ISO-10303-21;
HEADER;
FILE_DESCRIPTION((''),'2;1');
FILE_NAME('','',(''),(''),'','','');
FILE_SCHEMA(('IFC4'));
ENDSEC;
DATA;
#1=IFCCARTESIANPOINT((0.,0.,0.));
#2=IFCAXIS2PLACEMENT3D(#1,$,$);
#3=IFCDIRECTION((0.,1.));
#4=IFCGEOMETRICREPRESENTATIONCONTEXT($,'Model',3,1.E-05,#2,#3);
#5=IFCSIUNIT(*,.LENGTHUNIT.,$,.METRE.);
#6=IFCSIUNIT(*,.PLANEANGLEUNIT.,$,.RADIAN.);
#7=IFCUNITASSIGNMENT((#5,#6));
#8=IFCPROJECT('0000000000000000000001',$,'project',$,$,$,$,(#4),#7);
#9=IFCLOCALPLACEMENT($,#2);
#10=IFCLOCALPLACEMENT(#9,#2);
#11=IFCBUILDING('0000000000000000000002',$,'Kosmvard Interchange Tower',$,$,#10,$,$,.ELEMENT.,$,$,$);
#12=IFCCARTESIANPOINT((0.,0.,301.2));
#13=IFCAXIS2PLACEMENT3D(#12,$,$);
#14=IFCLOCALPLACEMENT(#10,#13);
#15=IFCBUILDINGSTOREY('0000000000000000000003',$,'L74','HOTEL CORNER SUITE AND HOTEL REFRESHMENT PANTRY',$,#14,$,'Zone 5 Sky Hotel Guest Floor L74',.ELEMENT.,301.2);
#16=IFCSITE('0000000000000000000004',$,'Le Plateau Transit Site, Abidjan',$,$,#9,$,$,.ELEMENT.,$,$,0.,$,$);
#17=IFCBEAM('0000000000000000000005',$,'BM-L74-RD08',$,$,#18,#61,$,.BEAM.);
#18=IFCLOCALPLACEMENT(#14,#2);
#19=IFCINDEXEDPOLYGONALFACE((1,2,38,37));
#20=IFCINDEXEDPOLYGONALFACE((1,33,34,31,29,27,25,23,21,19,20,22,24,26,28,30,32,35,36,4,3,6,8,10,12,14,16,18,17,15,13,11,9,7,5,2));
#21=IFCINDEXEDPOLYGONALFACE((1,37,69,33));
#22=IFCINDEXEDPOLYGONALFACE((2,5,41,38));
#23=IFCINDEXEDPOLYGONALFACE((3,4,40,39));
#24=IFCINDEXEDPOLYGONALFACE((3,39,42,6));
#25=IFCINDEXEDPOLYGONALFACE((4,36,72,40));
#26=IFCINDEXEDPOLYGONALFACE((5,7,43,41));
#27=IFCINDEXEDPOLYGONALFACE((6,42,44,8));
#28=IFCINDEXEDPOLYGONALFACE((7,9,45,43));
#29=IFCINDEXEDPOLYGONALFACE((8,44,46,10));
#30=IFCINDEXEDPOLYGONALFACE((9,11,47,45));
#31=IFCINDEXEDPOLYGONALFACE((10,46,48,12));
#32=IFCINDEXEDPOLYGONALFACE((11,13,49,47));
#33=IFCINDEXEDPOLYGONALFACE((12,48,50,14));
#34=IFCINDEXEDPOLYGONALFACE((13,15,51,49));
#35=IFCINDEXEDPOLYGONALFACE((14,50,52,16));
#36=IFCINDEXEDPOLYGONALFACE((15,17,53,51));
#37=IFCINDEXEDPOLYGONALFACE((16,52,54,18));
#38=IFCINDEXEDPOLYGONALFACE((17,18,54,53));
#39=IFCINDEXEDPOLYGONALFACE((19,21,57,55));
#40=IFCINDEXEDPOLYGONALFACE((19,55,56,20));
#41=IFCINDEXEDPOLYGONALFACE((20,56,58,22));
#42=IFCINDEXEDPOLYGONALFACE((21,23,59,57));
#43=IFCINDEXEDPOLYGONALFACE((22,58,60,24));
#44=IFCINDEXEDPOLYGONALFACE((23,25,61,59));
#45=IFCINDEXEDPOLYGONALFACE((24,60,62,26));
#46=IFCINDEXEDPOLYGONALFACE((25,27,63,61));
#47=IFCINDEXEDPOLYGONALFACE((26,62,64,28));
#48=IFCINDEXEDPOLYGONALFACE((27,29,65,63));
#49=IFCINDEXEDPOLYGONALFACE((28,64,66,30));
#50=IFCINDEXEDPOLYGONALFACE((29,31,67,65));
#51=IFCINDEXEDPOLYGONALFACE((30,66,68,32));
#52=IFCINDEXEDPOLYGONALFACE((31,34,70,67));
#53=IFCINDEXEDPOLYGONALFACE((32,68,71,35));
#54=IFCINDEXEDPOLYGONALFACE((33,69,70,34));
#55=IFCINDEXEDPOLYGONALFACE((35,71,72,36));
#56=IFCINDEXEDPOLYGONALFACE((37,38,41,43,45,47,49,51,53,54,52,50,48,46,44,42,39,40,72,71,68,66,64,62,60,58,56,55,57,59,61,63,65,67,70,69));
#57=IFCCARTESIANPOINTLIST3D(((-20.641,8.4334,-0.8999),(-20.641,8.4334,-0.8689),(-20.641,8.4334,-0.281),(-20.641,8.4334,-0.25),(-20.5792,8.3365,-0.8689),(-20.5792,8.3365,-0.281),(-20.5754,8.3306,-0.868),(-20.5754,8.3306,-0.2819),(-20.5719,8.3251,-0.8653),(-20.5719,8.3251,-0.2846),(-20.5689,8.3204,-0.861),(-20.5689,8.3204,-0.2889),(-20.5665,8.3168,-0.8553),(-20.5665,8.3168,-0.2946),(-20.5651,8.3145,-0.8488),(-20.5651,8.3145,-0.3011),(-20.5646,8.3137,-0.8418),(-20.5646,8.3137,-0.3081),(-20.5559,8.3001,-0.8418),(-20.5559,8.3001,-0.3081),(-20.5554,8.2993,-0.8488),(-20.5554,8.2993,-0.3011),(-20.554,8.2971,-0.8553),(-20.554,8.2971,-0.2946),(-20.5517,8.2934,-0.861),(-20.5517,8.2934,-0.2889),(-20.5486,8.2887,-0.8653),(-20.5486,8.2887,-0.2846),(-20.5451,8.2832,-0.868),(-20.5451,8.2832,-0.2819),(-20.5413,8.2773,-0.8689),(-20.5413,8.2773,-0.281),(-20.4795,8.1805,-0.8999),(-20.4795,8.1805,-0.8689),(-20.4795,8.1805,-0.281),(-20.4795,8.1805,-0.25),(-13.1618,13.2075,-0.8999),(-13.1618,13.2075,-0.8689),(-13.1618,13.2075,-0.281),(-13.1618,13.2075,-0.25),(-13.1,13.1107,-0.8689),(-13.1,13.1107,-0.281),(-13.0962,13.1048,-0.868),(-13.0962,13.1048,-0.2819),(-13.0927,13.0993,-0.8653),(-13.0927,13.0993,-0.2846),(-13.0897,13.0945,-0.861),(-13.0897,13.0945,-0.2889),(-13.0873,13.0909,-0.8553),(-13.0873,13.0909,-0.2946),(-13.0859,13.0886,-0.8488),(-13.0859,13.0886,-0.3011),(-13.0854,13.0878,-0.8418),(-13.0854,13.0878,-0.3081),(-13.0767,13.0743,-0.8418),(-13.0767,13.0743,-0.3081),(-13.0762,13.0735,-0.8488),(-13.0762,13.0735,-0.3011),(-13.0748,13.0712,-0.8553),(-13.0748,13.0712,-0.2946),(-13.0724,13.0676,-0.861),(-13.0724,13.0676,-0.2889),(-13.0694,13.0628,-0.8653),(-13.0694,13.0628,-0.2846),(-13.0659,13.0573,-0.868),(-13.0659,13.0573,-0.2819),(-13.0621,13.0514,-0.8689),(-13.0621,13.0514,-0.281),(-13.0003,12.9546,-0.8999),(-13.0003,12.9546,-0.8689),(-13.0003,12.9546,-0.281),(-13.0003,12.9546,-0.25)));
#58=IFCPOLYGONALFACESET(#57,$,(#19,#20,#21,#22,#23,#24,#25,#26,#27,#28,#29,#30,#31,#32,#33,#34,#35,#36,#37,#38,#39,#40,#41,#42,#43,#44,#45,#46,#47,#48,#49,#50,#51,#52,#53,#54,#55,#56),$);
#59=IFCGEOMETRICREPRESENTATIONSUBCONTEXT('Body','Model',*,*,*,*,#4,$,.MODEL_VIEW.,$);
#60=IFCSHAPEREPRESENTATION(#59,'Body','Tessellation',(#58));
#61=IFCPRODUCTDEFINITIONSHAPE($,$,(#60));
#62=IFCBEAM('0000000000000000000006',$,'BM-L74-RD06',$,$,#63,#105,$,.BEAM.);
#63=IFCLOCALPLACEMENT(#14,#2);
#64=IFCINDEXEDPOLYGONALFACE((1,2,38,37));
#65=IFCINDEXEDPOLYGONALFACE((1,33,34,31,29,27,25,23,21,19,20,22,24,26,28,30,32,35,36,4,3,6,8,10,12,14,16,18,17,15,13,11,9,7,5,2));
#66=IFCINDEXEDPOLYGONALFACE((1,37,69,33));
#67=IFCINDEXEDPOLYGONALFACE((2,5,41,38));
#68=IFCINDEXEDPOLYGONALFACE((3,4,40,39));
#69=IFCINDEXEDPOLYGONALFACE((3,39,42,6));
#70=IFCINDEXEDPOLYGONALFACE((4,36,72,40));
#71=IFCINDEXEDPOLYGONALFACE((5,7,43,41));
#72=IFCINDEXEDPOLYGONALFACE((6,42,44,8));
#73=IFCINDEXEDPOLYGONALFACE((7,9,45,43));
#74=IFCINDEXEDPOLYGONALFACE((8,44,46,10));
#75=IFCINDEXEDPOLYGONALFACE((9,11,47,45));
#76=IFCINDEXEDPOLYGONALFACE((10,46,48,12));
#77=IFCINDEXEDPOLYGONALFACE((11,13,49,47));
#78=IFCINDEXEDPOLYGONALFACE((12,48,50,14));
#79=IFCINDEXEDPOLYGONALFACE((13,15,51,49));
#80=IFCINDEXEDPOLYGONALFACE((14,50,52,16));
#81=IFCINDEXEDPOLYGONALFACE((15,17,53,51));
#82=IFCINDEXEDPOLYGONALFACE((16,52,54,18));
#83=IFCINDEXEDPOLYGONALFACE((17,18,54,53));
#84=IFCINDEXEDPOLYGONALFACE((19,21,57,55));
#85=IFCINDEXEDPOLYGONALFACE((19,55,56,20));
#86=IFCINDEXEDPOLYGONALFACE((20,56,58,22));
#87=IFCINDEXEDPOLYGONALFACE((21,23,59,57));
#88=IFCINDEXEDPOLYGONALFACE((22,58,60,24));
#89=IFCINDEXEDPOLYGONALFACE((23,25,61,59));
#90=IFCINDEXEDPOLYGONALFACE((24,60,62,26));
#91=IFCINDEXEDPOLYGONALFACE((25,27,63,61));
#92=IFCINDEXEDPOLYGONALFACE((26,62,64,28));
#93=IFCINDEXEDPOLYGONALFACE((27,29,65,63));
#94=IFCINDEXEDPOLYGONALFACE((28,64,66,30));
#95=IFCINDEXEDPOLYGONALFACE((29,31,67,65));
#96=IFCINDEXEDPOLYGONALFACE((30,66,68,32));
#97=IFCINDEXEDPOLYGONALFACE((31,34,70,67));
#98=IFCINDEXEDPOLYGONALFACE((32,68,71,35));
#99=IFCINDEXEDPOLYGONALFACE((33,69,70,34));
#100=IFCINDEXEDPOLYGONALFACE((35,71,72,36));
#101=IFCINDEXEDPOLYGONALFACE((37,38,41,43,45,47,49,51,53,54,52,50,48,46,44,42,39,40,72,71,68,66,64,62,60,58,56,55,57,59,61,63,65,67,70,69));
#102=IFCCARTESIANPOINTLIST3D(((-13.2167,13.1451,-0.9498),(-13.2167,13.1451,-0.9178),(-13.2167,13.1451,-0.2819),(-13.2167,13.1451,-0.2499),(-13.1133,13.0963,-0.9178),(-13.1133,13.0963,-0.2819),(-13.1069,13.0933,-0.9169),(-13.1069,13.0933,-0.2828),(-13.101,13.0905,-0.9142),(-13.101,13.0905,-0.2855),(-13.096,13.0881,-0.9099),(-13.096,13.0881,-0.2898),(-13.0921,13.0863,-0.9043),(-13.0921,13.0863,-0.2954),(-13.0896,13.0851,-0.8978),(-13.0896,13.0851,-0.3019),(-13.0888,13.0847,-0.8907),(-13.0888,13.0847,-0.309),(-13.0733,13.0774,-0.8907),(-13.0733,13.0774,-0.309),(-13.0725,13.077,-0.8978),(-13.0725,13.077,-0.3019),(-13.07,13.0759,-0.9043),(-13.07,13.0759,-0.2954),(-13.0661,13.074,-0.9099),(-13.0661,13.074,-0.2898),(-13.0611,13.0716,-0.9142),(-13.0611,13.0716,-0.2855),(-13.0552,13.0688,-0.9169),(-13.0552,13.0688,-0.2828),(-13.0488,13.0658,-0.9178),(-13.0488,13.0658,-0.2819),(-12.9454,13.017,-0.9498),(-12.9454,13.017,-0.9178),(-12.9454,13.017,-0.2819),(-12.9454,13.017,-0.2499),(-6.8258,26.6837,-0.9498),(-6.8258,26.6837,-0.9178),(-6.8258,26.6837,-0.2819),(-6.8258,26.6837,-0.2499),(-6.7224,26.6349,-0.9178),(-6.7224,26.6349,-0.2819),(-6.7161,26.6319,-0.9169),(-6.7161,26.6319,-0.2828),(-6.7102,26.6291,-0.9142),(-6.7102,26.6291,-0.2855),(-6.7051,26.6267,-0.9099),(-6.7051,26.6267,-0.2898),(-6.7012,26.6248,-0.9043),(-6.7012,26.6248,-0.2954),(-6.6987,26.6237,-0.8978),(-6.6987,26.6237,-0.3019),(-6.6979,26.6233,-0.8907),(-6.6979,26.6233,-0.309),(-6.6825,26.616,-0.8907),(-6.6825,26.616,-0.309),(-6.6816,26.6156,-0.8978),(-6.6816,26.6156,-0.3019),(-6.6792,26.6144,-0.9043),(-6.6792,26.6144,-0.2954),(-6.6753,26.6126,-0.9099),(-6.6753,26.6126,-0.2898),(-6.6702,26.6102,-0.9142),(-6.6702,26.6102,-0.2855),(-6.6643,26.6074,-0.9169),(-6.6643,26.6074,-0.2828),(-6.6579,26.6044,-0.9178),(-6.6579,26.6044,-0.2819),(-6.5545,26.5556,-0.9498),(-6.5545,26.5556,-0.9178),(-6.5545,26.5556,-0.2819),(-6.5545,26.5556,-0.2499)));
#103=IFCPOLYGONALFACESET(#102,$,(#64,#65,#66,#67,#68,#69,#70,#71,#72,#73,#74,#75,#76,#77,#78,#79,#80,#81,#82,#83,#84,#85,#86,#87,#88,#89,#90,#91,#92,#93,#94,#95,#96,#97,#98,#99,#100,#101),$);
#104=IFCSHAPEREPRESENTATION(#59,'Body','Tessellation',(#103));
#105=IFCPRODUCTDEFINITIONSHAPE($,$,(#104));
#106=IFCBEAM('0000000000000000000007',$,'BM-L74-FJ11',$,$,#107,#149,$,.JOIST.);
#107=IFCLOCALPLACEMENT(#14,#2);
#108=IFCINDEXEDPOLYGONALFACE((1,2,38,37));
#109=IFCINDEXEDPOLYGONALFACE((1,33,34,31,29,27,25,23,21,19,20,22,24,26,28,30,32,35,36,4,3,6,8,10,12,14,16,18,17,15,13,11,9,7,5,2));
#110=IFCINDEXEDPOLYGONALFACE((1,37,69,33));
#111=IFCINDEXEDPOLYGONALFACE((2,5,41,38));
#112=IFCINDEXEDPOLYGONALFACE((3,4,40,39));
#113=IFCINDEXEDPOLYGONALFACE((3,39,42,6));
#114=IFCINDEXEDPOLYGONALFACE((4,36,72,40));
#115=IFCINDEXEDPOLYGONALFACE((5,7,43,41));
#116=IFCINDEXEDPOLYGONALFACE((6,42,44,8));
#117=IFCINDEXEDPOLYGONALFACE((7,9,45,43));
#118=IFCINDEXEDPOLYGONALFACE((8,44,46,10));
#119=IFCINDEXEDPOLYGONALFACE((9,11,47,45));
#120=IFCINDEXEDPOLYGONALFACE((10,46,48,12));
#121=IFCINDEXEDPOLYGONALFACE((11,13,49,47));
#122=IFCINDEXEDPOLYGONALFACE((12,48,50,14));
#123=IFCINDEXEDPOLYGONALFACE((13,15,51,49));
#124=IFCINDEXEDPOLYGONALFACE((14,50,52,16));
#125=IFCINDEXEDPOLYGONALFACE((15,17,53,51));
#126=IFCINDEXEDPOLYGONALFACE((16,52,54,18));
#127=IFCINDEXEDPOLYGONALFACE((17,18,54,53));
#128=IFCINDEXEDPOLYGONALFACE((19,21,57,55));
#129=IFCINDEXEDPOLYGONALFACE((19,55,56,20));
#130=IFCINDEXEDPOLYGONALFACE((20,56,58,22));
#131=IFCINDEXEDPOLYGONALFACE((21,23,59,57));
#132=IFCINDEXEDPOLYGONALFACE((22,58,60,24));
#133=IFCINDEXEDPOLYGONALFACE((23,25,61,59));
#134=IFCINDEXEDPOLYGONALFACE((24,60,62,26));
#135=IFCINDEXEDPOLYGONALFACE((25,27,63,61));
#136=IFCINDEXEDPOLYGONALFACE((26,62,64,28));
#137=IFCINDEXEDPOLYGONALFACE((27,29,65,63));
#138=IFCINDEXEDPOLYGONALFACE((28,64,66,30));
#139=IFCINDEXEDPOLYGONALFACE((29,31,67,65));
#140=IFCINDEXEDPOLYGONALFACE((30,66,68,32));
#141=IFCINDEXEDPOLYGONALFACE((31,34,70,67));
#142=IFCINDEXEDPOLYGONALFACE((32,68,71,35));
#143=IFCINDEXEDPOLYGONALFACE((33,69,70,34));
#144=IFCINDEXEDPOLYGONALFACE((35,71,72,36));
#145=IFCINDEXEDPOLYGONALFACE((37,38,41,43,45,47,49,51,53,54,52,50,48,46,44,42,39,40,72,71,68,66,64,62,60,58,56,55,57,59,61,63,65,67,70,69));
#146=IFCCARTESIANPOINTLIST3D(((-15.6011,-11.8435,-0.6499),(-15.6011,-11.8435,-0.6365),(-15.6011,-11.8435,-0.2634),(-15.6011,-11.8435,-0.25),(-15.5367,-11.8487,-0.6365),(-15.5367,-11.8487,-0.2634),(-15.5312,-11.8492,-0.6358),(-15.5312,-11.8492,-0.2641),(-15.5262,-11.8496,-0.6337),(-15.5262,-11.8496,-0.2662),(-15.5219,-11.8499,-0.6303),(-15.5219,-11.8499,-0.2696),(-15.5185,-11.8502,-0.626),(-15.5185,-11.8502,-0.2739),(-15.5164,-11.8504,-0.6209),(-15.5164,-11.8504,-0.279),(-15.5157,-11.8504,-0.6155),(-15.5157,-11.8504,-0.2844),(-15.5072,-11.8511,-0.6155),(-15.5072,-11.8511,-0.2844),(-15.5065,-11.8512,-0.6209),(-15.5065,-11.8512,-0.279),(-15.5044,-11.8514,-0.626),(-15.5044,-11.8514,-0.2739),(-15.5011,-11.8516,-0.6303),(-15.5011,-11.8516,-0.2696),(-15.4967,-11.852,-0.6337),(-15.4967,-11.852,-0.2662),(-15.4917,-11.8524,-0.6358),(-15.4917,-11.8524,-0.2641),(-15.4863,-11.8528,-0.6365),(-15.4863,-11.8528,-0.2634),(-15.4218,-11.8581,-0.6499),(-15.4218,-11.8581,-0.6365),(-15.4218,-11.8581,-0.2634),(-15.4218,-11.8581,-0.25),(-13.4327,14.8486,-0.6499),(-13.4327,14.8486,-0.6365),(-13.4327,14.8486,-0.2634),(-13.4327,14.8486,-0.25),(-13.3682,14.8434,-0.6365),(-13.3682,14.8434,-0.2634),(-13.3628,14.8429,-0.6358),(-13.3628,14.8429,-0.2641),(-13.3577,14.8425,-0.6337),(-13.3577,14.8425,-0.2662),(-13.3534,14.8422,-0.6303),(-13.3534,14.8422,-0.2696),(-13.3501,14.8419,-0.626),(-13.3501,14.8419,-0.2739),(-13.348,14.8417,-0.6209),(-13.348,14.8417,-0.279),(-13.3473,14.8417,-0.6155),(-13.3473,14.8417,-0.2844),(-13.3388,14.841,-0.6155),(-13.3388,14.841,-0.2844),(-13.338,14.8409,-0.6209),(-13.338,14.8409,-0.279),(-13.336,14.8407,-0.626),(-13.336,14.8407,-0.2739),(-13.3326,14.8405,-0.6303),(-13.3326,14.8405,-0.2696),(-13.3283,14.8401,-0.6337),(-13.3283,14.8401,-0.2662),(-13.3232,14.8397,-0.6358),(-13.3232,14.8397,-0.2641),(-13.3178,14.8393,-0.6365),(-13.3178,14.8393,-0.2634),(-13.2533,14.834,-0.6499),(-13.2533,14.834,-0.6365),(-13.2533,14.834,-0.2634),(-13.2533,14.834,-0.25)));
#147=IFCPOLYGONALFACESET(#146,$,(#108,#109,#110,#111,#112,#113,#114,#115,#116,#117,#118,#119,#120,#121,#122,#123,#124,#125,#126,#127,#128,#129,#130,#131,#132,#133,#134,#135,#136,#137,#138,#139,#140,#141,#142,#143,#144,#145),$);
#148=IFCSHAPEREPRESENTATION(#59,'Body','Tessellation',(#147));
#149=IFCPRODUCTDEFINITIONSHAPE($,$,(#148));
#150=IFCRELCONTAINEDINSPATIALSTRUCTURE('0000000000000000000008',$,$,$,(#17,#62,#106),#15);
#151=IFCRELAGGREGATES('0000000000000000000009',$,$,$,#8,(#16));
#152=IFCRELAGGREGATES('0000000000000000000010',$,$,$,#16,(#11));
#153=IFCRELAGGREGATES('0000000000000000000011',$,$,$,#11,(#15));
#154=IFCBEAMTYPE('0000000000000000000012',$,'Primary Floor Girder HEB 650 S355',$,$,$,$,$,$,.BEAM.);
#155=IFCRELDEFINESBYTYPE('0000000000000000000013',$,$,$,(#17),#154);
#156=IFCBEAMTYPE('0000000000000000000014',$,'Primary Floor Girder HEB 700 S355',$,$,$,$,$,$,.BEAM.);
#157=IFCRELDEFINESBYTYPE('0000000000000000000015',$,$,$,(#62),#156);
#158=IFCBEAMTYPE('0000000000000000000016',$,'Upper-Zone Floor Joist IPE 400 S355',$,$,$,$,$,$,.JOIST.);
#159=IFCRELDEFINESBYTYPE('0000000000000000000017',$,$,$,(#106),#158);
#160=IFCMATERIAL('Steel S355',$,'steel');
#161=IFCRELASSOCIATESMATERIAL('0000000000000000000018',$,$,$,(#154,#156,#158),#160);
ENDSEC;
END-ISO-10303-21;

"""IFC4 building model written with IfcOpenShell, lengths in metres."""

from ifc_helpers import new_model, si_unit, direction, frame, origin, origin_2d, place, context, subcontext, project, spatial, i_section, extrude, source, transform, mapped, material, material_profile, profile_set, type_object, element, save


model = new_model("IFC4")

# Units and contexts
model_context = context("Model", 3, precision=1e-05, world=origin(), true_north=direction((0.0, 1.0)))
body_context = subcontext(model_context, "Body", "Model", "MODEL_VIEW")
ifc_project = project(units=[si_unit("LENGTHUNIT", "METRE"), si_unit("PLANEANGLEUNIT", "RADIAN")], contexts=[model_context])

# Site, building, storey
site_placement = place(None, origin())
site = spatial("IfcSite", under=ifc_project, at=site_placement, Name="Le Plateau Transit Site, Abidjan", CompositionType="ELEMENT", RefElevation=0.0)
building_placement = place(site_placement, origin())
building = spatial("IfcBuilding", under=site, at=building_placement, Name="Kosmvard Interchange Tower", CompositionType="ELEMENT")
storey_placement = place(building_placement, frame((0.0, 0.0, 301.2)))
storey = spatial("IfcBuildingStorey", under=building, at=storey_placement, Name="L74", Description="HOTEL CORNER SUITE AND HOTEL REFRESHMENT PANTRY", LongName="Zone 5 Sky Hotel Guest Floor L74", CompositionType="ELEMENT", Elevation=301.2)

# Beams
ifc_material_1 = material(Name="Steel S355", Category="steel")
ifc_material_profile_1 = material_profile(ifc_material_1, i_section(OverallWidth=0.3, OverallDepth=0.6499, WebThickness=0.0161, FlangeThickness=0.031, FilletRadius=0.0271, at=origin_2d()), Name="HEB 650")
ifc_profile_set_1 = profile_set([ifc_material_profile_1], Name="Steel S355")
beam_type_1 = type_object("IfcBeamType", Name="Primary Floor Girder HEB 650 S355", PredefinedType="BEAM", material=ifc_profile_set_1)
shared_shape_1 = source(origin(), body_context, "Body", "SweptSolid", [
    extrude(i_section(OverallWidth=0.3, OverallDepth=0.6499, WebThickness=0.0161, FlangeThickness=0.031, FilletRadius=0.0271, at=origin_2d()), origin(), (0.0, 0.0, 1.0), 8.873),
])
beam_1_placement = place(storey_placement, frame((-13.0811, 13.0811, -0.575), z_axis=(-0.842913, -0.53805, 0.0), x_axis=(0.53805, -0.842913, 0.0)))
element("IfcBeam", 1, at=beam_1_placement, inside=storey, type_object=beam_type_1, Name="BM-L74-RD08", PredefinedType="BEAM", context=body_context, shape_type="MappedRepresentation", body=[
    mapped(shared_shape_1, transform((0.0, 0.0, 0.0), scale=1.0)),
])
ifc_material_profile_2 = material_profile(ifc_material_1, i_section(OverallWidth=0.3, OverallDepth=0.7, WebThickness=0.0171, FlangeThickness=0.032, FilletRadius=0.0271, at=origin_2d()), Name="HEB 700")
ifc_profile_set_2 = profile_set([ifc_material_profile_2], Name="Steel S355")
beam_type_2 = type_object("IfcBeamType", Name="Primary Floor Girder HEB 700 S355", PredefinedType="BEAM", material=ifc_profile_set_2)
shared_shape_2 = source(origin(), body_context, "Body", "SweptSolid", [
    extrude(i_section(OverallWidth=0.3, OverallDepth=0.7, WebThickness=0.0171, FlangeThickness=0.032, FilletRadius=0.0271, at=origin_2d()), origin(), (0.0, 0.0, 1.0), 14.9712),
])
beam_2_placement = place(storey_placement, frame((-13.0811, 13.0811, -0.5999), z_axis=(0.426878, 0.904309, 0.0), x_axis=(-0.904309, 0.426878, 0.0)))
element("IfcBeam", 2, at=beam_2_placement, inside=storey, type_object=beam_type_2, Name="BM-L74-RD06", PredefinedType="BEAM", context=body_context, shape_type="MappedRepresentation", body=[
    mapped(shared_shape_2, transform((0.0, 0.0, 0.0), scale=1.0)),
])
ifc_material_profile_3 = material_profile(ifc_material_1, i_section(OverallWidth=0.1799, OverallDepth=0.3999, WebThickness=0.0085, FlangeThickness=0.0134, FilletRadius=0.021, at=origin_2d()), Name="IPE 400")
ifc_profile_set_3 = profile_set([ifc_material_profile_3], Name="Steel S355")
beam_type_3 = type_object("IfcBeamType", Name="Upper-Zone Floor Joist IPE 400 S355", PredefinedType="JOIST", material=ifc_profile_set_3)
shared_shape_3 = source(origin(), body_context, "Body", "SweptSolid", [
    extrude(i_section(OverallWidth=0.1799, OverallDepth=0.3999, WebThickness=0.0085, FlangeThickness=0.0134, FilletRadius=0.021, at=origin_2d()), origin(), (0.0, 0.0, 1.0), 26.78),
])
beam_3_placement = place(storey_placement, frame((-13.343, 14.8413, -0.45), z_axis=(-0.080973, -0.996716, 0.0), x_axis=(0.996716, -0.080973, 0.0)))
element("IfcBeam", 3, at=beam_3_placement, inside=storey, type_object=beam_type_3, Name="BM-L74-FJ11", PredefinedType="JOIST", context=body_context, shape_type="MappedRepresentation", body=[
    mapped(shared_shape_3, transform((0.0, 0.0, 0.0), scale=1.0)),
])

save(model, "model.ifc")
